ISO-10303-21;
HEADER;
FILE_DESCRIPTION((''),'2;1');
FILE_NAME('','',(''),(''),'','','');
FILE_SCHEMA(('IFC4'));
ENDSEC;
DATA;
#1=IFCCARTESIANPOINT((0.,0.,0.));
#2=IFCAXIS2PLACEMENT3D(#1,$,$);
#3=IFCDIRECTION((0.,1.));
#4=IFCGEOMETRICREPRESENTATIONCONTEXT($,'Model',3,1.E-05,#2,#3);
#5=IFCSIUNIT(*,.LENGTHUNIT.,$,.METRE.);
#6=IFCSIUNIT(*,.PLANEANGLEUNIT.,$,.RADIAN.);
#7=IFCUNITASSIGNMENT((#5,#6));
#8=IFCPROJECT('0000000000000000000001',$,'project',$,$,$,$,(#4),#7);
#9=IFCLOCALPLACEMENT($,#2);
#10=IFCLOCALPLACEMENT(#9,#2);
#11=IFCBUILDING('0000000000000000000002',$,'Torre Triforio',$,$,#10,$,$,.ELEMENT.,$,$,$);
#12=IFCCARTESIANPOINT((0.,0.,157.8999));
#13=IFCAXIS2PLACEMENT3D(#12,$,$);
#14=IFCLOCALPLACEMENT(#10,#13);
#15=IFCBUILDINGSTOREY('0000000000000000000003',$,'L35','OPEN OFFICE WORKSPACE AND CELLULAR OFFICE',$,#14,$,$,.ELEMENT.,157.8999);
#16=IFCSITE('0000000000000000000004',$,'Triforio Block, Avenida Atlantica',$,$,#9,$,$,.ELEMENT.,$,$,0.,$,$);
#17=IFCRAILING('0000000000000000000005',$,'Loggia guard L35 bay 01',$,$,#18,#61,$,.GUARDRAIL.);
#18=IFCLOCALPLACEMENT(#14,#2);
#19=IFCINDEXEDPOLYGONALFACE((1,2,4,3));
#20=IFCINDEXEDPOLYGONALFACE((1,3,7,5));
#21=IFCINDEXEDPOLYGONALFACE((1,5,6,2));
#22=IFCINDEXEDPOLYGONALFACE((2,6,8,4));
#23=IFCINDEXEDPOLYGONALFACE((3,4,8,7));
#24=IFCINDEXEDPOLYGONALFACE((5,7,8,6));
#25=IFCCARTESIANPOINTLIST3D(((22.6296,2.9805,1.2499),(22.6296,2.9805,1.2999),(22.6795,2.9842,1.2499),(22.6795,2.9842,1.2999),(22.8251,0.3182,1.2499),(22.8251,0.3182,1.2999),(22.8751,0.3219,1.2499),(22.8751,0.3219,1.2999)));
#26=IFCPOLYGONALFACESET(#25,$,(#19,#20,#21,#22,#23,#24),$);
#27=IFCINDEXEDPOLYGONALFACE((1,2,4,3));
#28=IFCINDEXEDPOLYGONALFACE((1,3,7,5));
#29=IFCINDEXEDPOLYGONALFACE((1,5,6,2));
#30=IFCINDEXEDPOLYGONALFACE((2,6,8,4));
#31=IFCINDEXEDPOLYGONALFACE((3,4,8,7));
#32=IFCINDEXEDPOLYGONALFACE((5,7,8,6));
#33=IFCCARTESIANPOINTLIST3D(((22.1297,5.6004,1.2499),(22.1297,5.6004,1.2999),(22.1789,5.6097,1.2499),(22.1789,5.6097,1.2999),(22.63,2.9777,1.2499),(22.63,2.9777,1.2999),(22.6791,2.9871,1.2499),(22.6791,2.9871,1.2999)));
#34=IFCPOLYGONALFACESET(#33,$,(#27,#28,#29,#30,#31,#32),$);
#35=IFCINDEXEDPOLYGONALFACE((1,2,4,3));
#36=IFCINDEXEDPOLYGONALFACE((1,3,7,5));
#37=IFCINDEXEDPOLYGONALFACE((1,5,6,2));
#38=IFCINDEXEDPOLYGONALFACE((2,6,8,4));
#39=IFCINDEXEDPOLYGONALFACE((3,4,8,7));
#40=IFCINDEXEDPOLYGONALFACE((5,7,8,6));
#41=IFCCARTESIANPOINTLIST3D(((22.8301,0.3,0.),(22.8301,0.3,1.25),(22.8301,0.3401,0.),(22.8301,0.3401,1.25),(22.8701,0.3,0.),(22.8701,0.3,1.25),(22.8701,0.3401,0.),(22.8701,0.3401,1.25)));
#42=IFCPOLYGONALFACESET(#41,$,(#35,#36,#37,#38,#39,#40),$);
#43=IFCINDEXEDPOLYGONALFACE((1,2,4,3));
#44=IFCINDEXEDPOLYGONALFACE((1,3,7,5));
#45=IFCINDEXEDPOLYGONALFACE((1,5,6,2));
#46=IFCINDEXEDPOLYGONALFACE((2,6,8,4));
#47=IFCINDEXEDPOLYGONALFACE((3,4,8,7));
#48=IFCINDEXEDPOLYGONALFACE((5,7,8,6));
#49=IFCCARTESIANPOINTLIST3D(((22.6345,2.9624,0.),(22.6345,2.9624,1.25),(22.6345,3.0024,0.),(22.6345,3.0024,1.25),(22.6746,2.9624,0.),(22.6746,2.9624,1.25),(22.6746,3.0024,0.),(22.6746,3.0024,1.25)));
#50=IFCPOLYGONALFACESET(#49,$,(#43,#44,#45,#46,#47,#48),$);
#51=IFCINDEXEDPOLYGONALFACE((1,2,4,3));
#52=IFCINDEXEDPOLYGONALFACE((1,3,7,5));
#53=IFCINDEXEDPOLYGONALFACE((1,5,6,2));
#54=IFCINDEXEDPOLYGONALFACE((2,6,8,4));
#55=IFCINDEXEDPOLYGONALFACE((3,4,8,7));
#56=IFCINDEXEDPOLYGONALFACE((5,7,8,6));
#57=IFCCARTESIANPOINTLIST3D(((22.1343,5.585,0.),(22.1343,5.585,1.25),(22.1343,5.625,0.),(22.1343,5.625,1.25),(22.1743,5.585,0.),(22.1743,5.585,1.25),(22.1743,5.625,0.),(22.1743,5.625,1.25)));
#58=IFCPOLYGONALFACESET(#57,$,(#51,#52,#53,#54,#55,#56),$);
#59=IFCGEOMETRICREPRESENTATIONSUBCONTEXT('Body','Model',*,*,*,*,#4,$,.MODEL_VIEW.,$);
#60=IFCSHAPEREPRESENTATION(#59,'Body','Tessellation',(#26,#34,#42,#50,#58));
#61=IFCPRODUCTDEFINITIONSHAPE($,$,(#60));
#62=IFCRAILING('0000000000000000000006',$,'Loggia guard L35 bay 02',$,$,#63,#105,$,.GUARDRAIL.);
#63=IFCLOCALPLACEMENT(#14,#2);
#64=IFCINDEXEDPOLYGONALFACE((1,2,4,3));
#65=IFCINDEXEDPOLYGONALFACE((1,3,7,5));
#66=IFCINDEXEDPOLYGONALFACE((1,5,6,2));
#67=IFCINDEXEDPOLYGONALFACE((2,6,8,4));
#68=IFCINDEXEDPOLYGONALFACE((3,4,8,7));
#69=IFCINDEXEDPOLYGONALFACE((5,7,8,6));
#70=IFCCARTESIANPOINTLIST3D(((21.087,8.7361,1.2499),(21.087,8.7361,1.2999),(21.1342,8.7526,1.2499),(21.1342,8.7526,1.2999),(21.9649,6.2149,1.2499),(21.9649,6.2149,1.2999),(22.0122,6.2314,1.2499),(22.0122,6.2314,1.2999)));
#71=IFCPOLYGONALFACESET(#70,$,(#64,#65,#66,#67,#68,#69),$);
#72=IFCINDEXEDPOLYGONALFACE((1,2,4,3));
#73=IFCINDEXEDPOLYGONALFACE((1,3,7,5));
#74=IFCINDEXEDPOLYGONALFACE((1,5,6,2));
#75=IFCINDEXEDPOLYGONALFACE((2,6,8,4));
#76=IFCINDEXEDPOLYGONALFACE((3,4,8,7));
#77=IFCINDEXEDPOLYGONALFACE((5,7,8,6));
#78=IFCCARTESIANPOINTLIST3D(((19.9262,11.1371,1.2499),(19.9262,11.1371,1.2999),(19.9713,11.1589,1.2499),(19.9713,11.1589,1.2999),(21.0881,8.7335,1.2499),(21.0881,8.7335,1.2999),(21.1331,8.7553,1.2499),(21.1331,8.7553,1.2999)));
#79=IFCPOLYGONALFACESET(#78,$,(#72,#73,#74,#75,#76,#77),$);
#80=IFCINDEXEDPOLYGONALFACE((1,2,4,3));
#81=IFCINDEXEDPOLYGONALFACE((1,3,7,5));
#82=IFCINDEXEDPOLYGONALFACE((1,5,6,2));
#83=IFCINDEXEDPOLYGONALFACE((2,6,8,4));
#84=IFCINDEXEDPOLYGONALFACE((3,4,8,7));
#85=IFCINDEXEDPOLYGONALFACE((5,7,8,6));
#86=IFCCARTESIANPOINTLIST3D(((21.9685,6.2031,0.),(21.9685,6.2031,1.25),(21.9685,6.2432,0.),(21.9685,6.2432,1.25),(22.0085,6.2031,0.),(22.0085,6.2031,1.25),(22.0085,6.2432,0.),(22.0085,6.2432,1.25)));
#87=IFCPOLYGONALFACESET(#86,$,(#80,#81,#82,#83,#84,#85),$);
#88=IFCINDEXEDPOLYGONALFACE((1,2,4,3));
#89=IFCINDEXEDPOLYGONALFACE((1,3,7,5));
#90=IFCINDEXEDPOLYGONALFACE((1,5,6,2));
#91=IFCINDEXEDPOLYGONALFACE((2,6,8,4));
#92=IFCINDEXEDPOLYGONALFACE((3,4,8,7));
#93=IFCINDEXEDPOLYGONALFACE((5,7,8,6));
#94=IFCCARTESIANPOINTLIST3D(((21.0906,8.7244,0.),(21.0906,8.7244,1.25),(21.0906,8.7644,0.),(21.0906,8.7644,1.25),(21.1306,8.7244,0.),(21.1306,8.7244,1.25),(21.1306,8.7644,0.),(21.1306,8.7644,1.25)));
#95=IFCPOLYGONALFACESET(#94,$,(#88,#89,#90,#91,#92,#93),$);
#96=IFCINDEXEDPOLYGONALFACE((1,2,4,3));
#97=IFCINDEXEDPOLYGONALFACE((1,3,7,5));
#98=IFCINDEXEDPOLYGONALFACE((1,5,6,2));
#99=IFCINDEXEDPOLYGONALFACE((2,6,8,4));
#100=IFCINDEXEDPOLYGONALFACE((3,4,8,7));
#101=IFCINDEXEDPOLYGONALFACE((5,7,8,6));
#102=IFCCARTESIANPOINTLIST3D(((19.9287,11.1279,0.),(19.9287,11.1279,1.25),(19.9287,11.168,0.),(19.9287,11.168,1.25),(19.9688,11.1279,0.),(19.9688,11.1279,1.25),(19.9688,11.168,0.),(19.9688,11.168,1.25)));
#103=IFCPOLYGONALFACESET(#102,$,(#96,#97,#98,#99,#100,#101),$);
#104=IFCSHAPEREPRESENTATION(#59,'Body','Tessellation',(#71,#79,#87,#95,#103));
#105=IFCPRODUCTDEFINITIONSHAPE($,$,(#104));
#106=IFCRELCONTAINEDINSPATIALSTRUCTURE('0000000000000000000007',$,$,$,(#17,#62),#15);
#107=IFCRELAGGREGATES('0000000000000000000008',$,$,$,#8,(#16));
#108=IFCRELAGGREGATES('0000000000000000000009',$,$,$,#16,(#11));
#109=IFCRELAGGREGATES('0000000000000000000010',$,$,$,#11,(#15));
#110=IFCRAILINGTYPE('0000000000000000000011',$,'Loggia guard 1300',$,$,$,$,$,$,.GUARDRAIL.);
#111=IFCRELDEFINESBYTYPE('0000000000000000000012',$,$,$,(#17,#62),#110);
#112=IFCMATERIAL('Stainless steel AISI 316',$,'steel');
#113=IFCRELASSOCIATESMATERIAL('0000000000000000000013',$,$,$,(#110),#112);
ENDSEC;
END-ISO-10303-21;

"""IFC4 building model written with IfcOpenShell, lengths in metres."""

from ifc_helpers import new_model, si_unit, direction, frame, origin, origin_2d, place, context, subcontext, project, spatial, rectangle, extrude, material, type_object, element, save


model = new_model("IFC4")

# Units and contexts
model_context = context("Model", 3, precision=1e-05, world=origin(), true_north=direction((0.0, 1.0)))
body_context = subcontext(model_context, "Body", "Model", "MODEL_VIEW")
ifc_project = project(units=[si_unit("LENGTHUNIT", "METRE"), si_unit("PLANEANGLEUNIT", "RADIAN")], contexts=[model_context])

# Site, building, storey
site_placement = place(None, origin())
site = spatial("IfcSite", under=ifc_project, at=site_placement, Name="Triforio Block, Avenida Atlantica", CompositionType="ELEMENT", RefElevation=0.0)
building_placement = place(site_placement, origin())
building = spatial("IfcBuilding", under=site, at=building_placement, Name="Torre Triforio", CompositionType="ELEMENT")
storey_placement = place(building_placement, frame((0.0, 0.0, 157.8999)))
storey = spatial("IfcBuildingStorey", under=building, at=storey_placement, Name="L35", Description="OPEN OFFICE WORKSPACE AND CELLULAR OFFICE", CompositionType="ELEMENT", Elevation=157.8999)

# Railings
ifc_material_1 = material(Name="Stainless steel AISI 316", Category="steel")
railing_type = type_object("IfcRailingType", Name="Loggia guard 1300", PredefinedType="GUARDRAIL", material=ifc_material_1)
railing_1_placement = place(storey_placement, frame((22.8501, 0.3201, 0.0)))
element("IfcRailing", 1, at=railing_1_placement, inside=storey, type_object=railing_type, Name="Loggia guard L35 bay 01", PredefinedType="GUARDRAIL", context=body_context, shape_type="SweptSolid", body=[
    extrude(rectangle(XDim=0.05, YDim=0.05, at=origin_2d()), frame((0.0, 0.0, 1.2749), z_axis=(-0.073255, 0.997313, 0.0), x_axis=(-0.997313, -0.073255, 0.0)), (0.0, 0.0, 1.0), 2.6694),
    extrude(rectangle(XDim=0.05, YDim=0.05, at=origin_2d()), frame((-0.1956, 2.6624, 1.2749), z_axis=(-0.187368, 0.98229, 0.0), x_axis=(-0.98229, -0.187368, 0.0)), (0.0, 0.0, 1.0), 2.6699),
    extrude(rectangle(XDim=0.04, YDim=0.04, at=origin_2d()), origin(), (0.0, 0.0, 1.0), 1.25),
    extrude(rectangle(XDim=0.04, YDim=0.04, at=origin_2d()), frame((-0.1956, 2.6624, 0.0)), (0.0, 0.0, 1.0), 1.25),
    extrude(rectangle(XDim=0.04, YDim=0.04, at=origin_2d()), frame((-0.6958, 5.2849, 0.0)), (0.0, 0.0, 1.0), 1.25),
])
railing_2_placement = place(storey_placement, frame((21.9885, 6.2231, 0.0)))
element("IfcRailing", 2, at=railing_2_placement, inside=storey, type_object=railing_type, Name="Loggia guard L35 bay 02", PredefinedType="GUARDRAIL", context=body_context, shape_type="SweptSolid", body=[
    extrude(rectangle(XDim=0.05, YDim=0.05, at=origin_2d()), frame((0.0, 0.0, 1.2749), z_axis=(-0.328847, 0.944383, 0.0), x_axis=(-0.944383, -0.328847, 0.0)), (0.0, 0.0, 1.0), 2.6697),
    extrude(rectangle(XDim=0.05, YDim=0.05, at=origin_2d()), frame((-0.8779, 2.5212, 1.2749), z_axis=(-0.435212, 0.900328, 0.0), x_axis=(-0.900328, -0.435212, 0.0)), (0.0, 0.0, 1.0), 2.6697),
    extrude(rectangle(XDim=0.04, YDim=0.04, at=origin_2d()), origin(), (0.0, 0.0, 1.0), 1.25),
    extrude(rectangle(XDim=0.04, YDim=0.04, at=origin_2d()), frame((-0.8779, 2.5212, 0.0)), (0.0, 0.0, 1.0), 1.25),
    extrude(rectangle(XDim=0.04, YDim=0.04, at=origin_2d()), frame((-2.0398, 4.9248, 0.0)), (0.0, 0.0, 1.0), 1.25),
])

save(model, "model.ifc")
